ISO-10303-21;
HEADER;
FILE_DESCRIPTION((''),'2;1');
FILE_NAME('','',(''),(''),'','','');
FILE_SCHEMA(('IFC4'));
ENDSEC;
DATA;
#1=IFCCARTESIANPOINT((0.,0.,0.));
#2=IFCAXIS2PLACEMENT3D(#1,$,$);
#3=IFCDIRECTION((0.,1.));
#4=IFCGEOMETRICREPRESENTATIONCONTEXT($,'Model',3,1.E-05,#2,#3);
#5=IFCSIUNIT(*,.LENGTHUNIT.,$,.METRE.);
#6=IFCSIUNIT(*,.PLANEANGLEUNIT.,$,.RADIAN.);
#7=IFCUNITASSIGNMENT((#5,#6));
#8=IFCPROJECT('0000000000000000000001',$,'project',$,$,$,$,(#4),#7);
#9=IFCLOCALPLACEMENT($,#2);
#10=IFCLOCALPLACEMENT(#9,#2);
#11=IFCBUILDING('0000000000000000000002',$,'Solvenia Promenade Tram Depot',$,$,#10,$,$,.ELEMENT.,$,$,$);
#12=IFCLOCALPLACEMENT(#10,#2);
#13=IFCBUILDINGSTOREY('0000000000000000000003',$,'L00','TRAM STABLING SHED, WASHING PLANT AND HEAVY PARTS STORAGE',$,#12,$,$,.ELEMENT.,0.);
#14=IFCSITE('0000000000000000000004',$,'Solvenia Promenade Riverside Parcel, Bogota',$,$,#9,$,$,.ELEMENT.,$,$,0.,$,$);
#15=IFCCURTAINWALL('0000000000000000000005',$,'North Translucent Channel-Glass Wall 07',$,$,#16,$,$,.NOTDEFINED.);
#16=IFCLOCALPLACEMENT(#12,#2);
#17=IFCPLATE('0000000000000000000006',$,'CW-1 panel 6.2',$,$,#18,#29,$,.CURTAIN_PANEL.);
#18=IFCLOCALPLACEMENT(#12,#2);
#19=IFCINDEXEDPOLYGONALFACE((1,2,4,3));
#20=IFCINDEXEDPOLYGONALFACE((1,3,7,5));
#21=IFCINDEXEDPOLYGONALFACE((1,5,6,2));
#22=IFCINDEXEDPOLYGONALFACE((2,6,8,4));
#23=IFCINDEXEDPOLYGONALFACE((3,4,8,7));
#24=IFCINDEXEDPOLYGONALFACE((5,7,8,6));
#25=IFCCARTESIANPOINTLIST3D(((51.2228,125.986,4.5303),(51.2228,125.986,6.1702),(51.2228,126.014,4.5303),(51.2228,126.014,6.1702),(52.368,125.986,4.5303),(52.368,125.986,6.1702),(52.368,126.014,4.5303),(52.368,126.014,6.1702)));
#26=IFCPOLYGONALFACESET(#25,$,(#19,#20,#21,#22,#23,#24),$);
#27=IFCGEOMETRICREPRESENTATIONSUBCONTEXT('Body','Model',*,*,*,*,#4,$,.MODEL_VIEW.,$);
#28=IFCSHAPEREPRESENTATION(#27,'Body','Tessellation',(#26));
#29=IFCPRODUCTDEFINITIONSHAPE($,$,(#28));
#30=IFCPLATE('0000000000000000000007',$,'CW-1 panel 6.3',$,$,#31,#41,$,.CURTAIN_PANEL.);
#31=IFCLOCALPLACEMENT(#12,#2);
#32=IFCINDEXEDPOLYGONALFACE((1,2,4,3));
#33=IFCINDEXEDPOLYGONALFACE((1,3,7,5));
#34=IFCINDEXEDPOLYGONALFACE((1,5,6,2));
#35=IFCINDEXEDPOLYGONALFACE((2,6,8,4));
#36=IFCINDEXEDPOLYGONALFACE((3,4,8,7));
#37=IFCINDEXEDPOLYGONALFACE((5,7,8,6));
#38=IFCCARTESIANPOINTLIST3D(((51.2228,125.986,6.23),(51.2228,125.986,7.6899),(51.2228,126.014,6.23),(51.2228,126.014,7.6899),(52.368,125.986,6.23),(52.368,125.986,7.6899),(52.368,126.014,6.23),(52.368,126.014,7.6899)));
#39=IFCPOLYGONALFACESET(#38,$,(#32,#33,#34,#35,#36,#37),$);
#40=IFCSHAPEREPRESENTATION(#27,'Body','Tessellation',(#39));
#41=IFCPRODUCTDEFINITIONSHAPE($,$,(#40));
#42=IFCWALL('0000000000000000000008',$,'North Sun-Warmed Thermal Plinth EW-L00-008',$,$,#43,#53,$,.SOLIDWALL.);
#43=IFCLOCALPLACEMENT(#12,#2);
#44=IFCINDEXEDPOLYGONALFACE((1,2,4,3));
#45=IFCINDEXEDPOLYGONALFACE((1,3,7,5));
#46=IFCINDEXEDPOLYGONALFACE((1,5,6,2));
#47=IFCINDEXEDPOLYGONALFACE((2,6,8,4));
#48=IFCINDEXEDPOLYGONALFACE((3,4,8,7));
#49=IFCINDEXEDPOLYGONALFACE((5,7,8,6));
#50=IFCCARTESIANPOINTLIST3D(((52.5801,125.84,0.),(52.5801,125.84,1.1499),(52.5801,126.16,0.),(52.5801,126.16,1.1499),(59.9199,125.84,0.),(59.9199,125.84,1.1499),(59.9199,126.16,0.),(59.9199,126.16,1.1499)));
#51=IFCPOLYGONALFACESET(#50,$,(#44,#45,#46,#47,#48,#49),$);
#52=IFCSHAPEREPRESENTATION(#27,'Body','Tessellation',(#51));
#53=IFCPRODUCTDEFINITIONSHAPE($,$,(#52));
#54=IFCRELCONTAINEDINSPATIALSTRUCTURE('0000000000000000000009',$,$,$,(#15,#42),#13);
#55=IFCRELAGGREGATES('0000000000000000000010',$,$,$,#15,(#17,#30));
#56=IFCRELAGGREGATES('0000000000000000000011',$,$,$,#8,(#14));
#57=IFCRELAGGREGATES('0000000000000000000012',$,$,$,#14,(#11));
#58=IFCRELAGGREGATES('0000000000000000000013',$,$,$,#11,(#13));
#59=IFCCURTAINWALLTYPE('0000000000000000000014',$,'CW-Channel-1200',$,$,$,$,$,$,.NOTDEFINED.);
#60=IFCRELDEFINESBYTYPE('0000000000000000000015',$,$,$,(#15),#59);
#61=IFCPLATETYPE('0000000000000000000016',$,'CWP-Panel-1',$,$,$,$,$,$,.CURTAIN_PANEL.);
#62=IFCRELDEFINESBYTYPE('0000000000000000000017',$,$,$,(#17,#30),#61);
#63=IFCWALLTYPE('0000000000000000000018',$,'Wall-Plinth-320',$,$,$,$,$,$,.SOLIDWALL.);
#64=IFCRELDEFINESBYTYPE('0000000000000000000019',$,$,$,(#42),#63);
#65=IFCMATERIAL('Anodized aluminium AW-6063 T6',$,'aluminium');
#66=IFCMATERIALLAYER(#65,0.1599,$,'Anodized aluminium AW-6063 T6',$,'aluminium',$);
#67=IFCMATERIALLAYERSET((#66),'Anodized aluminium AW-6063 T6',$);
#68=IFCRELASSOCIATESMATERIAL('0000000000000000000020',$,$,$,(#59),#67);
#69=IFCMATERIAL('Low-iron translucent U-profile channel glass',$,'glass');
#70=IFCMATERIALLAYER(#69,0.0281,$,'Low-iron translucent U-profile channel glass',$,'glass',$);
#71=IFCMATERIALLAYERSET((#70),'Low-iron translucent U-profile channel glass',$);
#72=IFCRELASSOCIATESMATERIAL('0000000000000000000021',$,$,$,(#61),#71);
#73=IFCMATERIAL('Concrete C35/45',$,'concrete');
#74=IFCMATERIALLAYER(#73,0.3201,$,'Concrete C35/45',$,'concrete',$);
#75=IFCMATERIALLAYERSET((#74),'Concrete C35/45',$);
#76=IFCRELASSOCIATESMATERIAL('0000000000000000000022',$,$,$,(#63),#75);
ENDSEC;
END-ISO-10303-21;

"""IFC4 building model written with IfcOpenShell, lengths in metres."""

from ifc_helpers import new_model, si_unit, direction, frame, frame_2d, origin, origin_2d, place, context, subcontext, project, spatial, rectangle, extrude, material, layer, layer_set, type_object, element, aggregate, save


model = new_model("IFC4")

# Units and contexts
model_context = context("Model", 3, precision=1e-05, world=origin(), true_north=direction((0.0, 1.0)))
body_context = subcontext(model_context, "Body", "Model", "MODEL_VIEW")
ifc_project = project(units=[si_unit("LENGTHUNIT", "METRE"), si_unit("PLANEANGLEUNIT", "RADIAN")], contexts=[model_context])

# Site, building, storey
site_placement = place(None, origin())
site = spatial("IfcSite", under=ifc_project, at=site_placement, Name="Solvenia Promenade Riverside Parcel, Bogota", CompositionType="ELEMENT", RefElevation=0.0)
building_placement = place(site_placement, origin())
building = spatial("IfcBuilding", under=site, at=building_placement, Name="Solvenia Promenade Tram Depot", CompositionType="ELEMENT")
storey_placement = place(building_placement, origin())
storey = spatial("IfcBuildingStorey", under=building, at=storey_placement, Name="L00", Description="TRAM STABLING SHED, WASHING PLANT AND HEAVY PARTS STORAGE", CompositionType="ELEMENT", Elevation=0.0)

# Curtain wall
ifc_material_1 = material(Name="Anodized aluminium AW-6063 T6", Category="aluminium")
ifc_layer_1 = layer(ifc_material_1, 0.1599, Name="Anodized aluminium AW-6063 T6", Category="aluminium")
ifc_layer_set_1 = layer_set([ifc_layer_1], Name="Anodized aluminium AW-6063 T6")
curtain_wall_type = type_object("IfcCurtainWallType", Name="CW-Channel-1200", PredefinedType="NOTDEFINED", material=ifc_layer_set_1)
curtain_wall_1_placement = place(storey_placement, origin())
curtain_wall_1 = element("IfcCurtainWall", 1, at=curtain_wall_1_placement, inside=storey, type_object=curtain_wall_type, Name="North Translucent Channel-Glass Wall 07", PredefinedType="NOTDEFINED")

# Plates
ifc_material_2 = material(Name="Low-iron translucent U-profile channel glass", Category="glass")
ifc_layer_2 = layer(ifc_material_2, 0.0281, Name="Low-iron translucent U-profile channel glass", Category="glass")
ifc_layer_set_2 = layer_set([ifc_layer_2], Name="Low-iron translucent U-profile channel glass")
plate_type = type_object("IfcPlateType", Name="CWP-Panel-1", PredefinedType="CURTAIN_PANEL", material=ifc_layer_set_2)
plate_1_placement = place(storey_placement, frame((51.7954, 126.0, 4.5303), z_axis=(0.0, 0.0, 1.0), x_axis=(1.0, 0.0, 0.0)))
plate_1 = element("IfcPlate", 2, at=plate_1_placement, type_object=plate_type, Name="CW-1 panel 6.2", PredefinedType="CURTAIN_PANEL", context=body_context, shape_type="SweptSolid", body=[
    extrude(rectangle(XDim=1.1453, YDim=0.0281, at=origin_2d()), origin(), (0.0, 0.0, 1.0), 1.6399),
])
plate_2_placement = place(storey_placement, frame((51.7954, 126.0, 6.23), z_axis=(0.0, 0.0, 1.0), x_axis=(1.0, 0.0, 0.0)))
plate_2 = element("IfcPlate", 3, at=plate_2_placement, type_object=plate_type, Name="CW-1 panel 6.3", PredefinedType="CURTAIN_PANEL", context=body_context, shape_type="SweptSolid", body=[
    extrude(rectangle(XDim=1.1453, YDim=0.0281, at=origin_2d()), origin(), (0.0, 0.0, 1.0), 1.46),
])
aggregate(curtain_wall_1, [plate_1, plate_2])

# Wall
ifc_material_3 = material(Name="Concrete C35/45", Category="concrete")
ifc_layer_3 = layer(ifc_material_3, 0.3201, Name="Concrete C35/45", Category="concrete")
ifc_layer_set_3 = layer_set([ifc_layer_3], Name="Concrete C35/45")
wall_type = type_object("IfcWallType", Name="Wall-Plinth-320", PredefinedType="SOLIDWALL", material=ifc_layer_set_3)
wall_placement = place(storey_placement, frame((52.5801, 126.0, 0.0), z_axis=(0.0, 0.0, 1.0), x_axis=(1.0, 0.0, 0.0)))
element("IfcWall", 4, at=wall_placement, inside=storey, type_object=wall_type, Name="North Sun-Warmed Thermal Plinth EW-L00-008", PredefinedType="SOLIDWALL", context=body_context, shape_type="SweptSolid", body=[
    extrude(rectangle(XDim=7.3398, YDim=0.3201, at=frame_2d((3.6699, 0.0))), origin(), (0.0, 0.0, 1.0), 1.1499),
])

save(model, "model.ifc")
